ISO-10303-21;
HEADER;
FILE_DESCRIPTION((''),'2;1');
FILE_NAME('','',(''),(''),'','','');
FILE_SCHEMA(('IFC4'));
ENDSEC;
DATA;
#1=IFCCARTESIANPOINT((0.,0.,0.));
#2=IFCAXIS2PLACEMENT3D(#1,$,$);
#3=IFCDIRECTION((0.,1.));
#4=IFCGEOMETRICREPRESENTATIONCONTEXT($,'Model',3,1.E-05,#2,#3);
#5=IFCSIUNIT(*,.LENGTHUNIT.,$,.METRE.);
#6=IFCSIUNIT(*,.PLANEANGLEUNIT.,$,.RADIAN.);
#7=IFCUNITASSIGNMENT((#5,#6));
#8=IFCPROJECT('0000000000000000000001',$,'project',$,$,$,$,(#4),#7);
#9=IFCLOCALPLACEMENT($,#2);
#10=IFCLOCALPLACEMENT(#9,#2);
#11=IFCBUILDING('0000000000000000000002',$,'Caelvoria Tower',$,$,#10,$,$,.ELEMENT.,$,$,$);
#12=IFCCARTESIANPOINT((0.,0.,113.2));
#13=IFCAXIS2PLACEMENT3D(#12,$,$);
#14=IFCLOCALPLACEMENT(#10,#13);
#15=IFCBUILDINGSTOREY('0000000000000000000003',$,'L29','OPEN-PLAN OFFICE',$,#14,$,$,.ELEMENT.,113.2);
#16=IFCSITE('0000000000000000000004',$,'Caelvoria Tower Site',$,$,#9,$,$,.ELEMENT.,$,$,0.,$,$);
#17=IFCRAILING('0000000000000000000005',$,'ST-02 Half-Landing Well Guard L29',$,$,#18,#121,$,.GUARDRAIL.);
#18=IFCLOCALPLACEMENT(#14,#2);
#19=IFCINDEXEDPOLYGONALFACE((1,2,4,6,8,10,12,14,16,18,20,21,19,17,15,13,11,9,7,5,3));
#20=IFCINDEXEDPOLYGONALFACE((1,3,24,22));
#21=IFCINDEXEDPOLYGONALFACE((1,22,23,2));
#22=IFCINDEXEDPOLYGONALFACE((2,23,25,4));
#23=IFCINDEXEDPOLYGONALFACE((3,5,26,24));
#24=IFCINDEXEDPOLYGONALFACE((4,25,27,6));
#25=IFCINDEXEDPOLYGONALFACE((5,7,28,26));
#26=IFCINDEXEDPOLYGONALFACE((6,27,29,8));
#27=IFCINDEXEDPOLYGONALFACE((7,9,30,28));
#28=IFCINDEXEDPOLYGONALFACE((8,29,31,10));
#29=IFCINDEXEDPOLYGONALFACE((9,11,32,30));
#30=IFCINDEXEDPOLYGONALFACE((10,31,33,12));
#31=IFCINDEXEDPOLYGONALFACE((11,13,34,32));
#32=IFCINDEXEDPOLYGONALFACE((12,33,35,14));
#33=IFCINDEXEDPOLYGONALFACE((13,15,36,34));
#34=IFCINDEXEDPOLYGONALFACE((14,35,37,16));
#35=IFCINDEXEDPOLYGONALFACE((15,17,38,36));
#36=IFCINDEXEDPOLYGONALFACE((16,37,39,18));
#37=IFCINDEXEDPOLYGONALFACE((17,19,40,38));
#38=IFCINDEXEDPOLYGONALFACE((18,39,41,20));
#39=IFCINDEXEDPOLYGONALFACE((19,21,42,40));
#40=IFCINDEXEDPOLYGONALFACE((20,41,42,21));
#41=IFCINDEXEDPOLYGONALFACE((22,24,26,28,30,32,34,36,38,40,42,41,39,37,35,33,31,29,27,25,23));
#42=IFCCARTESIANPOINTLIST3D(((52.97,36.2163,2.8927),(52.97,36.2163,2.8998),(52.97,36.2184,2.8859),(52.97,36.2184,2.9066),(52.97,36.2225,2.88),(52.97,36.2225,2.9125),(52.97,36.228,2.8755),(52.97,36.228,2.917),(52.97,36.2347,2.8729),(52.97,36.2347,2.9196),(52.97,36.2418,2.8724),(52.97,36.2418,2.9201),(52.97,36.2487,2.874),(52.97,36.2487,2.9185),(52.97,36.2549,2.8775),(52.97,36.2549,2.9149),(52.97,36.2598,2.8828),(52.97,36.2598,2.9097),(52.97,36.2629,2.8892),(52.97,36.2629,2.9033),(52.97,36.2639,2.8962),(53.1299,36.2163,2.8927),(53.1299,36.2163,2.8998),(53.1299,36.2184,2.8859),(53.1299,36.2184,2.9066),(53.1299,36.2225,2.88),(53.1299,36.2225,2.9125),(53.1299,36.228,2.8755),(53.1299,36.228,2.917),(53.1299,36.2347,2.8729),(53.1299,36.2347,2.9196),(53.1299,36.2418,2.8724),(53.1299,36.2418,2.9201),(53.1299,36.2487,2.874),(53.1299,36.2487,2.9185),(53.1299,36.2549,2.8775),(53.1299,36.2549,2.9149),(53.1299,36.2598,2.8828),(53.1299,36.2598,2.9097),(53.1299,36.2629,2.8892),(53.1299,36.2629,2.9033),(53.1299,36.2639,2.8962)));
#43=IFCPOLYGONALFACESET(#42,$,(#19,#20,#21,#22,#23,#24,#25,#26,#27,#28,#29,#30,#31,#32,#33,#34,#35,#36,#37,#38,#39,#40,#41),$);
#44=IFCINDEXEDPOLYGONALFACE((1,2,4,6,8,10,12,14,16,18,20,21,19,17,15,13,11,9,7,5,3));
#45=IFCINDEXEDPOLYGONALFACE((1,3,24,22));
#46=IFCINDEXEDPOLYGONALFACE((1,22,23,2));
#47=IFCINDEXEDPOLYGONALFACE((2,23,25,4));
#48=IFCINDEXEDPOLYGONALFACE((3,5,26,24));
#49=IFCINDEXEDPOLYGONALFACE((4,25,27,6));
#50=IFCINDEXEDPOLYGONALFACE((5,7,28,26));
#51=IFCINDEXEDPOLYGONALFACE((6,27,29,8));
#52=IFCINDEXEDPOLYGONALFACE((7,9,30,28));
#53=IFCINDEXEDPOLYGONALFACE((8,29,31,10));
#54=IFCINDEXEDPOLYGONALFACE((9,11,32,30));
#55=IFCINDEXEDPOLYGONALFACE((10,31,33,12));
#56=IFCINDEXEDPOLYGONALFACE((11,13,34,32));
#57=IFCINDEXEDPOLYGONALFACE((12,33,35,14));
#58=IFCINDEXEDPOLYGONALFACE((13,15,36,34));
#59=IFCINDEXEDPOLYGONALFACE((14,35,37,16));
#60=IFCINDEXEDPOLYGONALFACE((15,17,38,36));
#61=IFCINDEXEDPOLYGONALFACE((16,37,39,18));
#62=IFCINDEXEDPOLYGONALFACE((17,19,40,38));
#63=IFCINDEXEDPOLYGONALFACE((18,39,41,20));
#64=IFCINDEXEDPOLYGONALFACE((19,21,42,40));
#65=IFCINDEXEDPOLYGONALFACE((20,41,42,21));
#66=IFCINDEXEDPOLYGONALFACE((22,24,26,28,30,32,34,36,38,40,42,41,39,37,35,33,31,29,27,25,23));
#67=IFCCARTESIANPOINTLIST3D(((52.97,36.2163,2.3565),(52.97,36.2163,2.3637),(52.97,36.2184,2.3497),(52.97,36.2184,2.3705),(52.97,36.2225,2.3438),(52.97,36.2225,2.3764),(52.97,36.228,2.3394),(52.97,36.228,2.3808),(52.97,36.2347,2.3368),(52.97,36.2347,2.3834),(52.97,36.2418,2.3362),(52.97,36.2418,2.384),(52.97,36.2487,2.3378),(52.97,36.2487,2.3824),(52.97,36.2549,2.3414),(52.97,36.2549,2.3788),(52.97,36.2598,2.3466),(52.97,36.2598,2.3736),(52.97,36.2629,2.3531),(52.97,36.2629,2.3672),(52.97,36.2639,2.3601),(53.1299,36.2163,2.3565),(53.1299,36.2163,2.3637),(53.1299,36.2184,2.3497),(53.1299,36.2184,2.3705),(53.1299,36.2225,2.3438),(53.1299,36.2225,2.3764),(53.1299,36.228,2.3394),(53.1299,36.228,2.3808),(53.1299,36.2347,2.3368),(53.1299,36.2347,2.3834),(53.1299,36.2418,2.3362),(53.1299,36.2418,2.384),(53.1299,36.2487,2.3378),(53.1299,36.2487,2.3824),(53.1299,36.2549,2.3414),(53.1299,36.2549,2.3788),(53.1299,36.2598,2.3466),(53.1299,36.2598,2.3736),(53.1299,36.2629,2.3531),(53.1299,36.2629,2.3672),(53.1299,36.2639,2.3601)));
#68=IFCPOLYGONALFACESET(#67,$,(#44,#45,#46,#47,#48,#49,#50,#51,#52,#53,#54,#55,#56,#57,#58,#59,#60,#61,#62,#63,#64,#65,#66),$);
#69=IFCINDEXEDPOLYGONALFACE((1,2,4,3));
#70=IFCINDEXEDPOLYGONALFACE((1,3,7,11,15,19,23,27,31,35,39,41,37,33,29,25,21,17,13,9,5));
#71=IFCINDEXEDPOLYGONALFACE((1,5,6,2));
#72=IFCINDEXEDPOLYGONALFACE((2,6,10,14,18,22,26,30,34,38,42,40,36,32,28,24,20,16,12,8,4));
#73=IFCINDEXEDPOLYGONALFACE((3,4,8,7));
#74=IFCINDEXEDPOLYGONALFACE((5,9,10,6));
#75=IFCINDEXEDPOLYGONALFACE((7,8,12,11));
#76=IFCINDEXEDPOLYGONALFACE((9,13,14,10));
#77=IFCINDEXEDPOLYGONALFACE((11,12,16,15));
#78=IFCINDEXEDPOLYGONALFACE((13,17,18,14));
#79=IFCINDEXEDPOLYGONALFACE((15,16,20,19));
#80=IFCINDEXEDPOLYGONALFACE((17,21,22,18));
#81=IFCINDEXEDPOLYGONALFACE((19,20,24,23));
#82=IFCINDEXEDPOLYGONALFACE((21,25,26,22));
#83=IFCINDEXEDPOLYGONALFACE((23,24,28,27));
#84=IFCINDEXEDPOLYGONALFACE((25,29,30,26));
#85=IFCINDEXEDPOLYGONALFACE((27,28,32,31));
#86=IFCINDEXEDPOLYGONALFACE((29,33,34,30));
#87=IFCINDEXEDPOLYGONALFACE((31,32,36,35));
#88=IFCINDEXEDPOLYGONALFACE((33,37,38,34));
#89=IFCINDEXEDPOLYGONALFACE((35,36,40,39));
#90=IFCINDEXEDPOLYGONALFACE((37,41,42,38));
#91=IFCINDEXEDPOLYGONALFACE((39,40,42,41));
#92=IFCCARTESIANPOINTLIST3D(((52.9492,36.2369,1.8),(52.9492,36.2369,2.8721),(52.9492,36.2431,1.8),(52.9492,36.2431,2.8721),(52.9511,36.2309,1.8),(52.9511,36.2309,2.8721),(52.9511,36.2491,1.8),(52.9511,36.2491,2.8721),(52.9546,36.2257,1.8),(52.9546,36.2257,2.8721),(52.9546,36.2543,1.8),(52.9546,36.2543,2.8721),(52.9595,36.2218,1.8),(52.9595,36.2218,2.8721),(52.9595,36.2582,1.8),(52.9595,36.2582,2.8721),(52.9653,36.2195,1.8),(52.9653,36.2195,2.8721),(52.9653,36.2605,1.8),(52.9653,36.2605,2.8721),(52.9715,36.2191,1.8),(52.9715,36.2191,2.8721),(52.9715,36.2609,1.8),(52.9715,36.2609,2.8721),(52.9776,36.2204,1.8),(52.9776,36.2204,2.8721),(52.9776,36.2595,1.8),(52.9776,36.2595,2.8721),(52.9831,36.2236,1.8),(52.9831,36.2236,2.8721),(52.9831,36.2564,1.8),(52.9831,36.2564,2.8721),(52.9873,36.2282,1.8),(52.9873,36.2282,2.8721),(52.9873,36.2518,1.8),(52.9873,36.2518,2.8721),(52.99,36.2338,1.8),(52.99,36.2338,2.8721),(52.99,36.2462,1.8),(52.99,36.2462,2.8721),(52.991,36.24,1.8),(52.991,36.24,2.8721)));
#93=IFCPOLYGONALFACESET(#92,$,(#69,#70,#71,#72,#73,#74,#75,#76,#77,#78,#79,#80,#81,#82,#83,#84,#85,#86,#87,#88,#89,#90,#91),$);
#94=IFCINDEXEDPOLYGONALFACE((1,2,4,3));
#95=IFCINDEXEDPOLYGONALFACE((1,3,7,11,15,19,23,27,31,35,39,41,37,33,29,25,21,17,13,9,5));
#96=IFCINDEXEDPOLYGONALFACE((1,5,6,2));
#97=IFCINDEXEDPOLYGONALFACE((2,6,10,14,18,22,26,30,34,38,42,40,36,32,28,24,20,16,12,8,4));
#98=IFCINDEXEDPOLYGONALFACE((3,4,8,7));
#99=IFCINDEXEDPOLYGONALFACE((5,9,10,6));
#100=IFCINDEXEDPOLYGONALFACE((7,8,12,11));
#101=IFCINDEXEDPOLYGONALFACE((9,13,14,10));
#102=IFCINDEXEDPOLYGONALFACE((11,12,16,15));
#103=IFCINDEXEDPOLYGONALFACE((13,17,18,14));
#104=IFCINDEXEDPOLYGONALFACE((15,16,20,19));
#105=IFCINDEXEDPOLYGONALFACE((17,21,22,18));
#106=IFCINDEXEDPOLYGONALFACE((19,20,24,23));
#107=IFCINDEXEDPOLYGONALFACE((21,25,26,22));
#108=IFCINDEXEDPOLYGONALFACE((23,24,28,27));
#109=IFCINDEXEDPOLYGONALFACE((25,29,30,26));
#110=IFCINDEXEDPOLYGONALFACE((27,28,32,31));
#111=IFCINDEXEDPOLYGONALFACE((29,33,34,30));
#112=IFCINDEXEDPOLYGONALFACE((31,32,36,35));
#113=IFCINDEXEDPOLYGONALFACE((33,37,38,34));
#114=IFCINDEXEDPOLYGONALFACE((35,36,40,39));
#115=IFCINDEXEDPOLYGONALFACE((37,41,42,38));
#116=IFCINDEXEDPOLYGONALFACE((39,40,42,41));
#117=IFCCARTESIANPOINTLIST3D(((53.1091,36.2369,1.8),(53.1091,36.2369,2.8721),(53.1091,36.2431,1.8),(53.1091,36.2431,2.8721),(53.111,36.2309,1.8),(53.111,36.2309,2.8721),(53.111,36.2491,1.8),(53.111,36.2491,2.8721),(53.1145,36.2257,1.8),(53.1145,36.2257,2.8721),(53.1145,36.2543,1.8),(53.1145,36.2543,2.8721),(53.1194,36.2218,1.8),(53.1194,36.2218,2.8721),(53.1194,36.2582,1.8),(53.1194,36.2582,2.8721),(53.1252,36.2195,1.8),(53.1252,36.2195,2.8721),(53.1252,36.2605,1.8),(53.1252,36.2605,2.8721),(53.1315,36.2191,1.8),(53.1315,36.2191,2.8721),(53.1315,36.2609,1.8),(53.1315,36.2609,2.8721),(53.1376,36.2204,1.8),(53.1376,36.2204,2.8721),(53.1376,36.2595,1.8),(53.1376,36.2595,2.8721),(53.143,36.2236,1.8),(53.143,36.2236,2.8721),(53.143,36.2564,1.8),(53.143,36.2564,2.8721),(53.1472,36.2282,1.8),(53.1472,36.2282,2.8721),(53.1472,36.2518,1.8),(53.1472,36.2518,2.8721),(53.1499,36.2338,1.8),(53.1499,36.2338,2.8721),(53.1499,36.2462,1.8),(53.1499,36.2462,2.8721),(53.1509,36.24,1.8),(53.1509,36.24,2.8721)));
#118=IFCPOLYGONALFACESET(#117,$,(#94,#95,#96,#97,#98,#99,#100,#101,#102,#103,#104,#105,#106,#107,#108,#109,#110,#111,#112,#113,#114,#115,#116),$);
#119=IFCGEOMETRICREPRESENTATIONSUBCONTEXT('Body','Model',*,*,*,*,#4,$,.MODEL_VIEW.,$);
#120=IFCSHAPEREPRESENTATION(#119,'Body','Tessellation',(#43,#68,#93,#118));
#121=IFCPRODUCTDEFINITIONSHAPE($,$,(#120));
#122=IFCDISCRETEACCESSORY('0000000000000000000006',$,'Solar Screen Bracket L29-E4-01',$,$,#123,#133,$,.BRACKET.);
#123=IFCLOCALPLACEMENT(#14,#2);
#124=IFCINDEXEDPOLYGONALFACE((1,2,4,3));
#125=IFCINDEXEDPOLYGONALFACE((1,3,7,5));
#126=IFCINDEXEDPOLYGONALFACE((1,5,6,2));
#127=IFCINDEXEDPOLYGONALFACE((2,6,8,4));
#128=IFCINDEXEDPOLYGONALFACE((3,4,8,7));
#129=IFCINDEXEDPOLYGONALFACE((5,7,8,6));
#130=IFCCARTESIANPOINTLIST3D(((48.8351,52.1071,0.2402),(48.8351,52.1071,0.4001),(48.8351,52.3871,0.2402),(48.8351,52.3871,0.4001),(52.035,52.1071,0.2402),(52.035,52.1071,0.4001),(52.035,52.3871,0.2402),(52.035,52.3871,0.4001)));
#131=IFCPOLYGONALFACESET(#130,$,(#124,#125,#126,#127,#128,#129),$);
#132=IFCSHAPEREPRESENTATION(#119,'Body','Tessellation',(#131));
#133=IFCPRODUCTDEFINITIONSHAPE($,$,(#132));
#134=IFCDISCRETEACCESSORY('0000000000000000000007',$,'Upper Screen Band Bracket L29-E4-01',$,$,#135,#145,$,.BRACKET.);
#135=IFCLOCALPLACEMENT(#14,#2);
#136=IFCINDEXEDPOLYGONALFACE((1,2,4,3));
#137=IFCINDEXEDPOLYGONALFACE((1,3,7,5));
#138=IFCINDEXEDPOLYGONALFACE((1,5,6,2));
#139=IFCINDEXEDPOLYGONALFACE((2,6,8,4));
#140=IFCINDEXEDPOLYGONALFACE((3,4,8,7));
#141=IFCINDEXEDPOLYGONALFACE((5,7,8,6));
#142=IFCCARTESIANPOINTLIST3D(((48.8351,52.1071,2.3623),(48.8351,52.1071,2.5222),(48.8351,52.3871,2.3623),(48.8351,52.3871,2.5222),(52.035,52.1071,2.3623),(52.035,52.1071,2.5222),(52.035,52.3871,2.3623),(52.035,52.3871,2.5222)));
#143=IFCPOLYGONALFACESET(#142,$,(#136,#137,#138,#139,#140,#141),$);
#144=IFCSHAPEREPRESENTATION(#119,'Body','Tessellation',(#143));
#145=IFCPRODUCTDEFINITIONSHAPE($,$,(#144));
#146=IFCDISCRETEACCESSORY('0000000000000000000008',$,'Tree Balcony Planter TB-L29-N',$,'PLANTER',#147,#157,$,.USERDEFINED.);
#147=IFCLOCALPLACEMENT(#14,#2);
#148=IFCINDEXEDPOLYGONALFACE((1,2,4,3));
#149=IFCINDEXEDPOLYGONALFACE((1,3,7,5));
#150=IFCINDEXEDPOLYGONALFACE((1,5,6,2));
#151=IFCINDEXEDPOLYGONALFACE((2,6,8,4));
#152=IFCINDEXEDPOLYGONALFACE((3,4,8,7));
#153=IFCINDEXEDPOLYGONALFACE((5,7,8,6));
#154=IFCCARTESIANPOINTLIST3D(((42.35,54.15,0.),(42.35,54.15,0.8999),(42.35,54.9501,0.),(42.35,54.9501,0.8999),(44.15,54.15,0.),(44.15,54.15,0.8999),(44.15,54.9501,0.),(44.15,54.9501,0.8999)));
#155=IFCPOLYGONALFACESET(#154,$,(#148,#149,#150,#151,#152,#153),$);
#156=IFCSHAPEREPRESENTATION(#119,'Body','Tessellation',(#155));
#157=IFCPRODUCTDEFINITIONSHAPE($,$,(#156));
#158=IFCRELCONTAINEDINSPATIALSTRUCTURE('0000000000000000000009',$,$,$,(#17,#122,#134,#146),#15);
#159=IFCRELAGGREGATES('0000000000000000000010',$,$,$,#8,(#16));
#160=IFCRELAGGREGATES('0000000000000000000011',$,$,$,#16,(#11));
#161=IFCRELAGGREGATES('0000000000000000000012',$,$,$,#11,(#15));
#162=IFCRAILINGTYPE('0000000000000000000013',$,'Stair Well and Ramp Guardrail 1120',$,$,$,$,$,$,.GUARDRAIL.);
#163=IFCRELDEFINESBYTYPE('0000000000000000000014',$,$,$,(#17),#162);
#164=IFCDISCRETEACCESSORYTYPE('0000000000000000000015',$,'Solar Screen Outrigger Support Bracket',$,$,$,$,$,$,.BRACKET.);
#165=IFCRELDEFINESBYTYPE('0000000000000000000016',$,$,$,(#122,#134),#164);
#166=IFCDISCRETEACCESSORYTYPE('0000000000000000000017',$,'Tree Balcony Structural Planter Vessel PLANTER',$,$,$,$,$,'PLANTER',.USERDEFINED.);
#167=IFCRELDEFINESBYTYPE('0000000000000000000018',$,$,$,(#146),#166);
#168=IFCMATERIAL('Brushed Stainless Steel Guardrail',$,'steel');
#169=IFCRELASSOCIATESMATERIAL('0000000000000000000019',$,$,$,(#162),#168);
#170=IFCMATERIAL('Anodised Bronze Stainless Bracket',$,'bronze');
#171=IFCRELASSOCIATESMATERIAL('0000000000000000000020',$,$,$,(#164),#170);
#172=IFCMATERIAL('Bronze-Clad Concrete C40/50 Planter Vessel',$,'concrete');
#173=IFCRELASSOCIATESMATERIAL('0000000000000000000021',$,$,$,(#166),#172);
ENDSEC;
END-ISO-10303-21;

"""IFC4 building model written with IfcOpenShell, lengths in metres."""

from ifc_helpers import new_model, si_unit, direction, frame, origin, origin_2d, place, context, subcontext, project, spatial, rectangle, circle, extrude, material, type_object, element, save


model = new_model("IFC4")

# Units and contexts
model_context = context("Model", 3, precision=1e-05, world=origin(), true_north=direction((0.0, 1.0)))
body_context = subcontext(model_context, "Body", "Model", "MODEL_VIEW")
ifc_project = project(units=[si_unit("LENGTHUNIT", "METRE"), si_unit("PLANEANGLEUNIT", "RADIAN")], contexts=[model_context])

# Site, building, storey
site_placement = place(None, origin())
site = spatial("IfcSite", under=ifc_project, at=site_placement, Name="Caelvoria Tower Site", CompositionType="ELEMENT", RefElevation=0.0)
building_placement = place(site_placement, origin())
building = spatial("IfcBuilding", under=site, at=building_placement, Name="Caelvoria Tower", CompositionType="ELEMENT")
storey_placement = place(building_placement, frame((0.0, 0.0, 113.2)))
storey = spatial("IfcBuildingStorey", under=building, at=storey_placement, Name="L29", Description="OPEN-PLAN OFFICE", CompositionType="ELEMENT", Elevation=113.2)

# Railing
ifc_material_1 = material(Name="Brushed Stainless Steel Guardrail", Category="steel")
railing_type_1 = type_object("IfcRailingType", Name="Stair Well and Ramp Guardrail 1120", PredefinedType="GUARDRAIL", material=ifc_material_1)
railing_1_placement = place(storey_placement, frame((52.97, 36.24, 1.8)))
element("IfcRailing", 1, at=railing_1_placement, inside=storey, type_object=railing_type_1, Name="ST-02 Half-Landing Well Guard L29", PredefinedType="GUARDRAIL", context=body_context, shape_type="SweptSolid", body=[
    extrude(circle(Radius=0.0239, at=origin_2d()), frame((0.0, 0.0, 1.0962), z_axis=(1.0, 0.0, 0.0), x_axis=(0.0, 1.0, 0.0)), (0.0, 0.0, 1.0), 0.1599),
    extrude(circle(Radius=0.0239, at=origin_2d()), frame((0.0, 0.0, 0.5601), z_axis=(1.0, 0.0, 0.0), x_axis=(0.0, 1.0, 0.0)), (0.0, 0.0, 1.0), 0.1599),
    extrude(circle(Radius=0.021, at=origin_2d()), origin(), (0.0, 0.0, 1.0), 1.072),
    extrude(circle(Radius=0.021, at=origin_2d()), frame((0.1599, 0.0, 0.0)), (0.0, 0.0, 1.0), 1.072),
])

# Discrete accessories
ifc_material_2 = material(Name="Anodised Bronze Stainless Bracket", Category="bronze")
discrete_accessory_type_1 = type_object("IfcDiscreteAccessoryType", Name="Solar Screen Outrigger Support Bracket", PredefinedType="BRACKET", material=ifc_material_2)
for number, where, z_axis, x_axis, name in (
    (2, (50.4351, 52.2471, 0.2402), (0.0, 0.0, 1.0), (-1.0, 0.0, 0.0), "Solar Screen Bracket L29-E4-01"),
    (3, (50.4351, 52.2471, 2.3623), (0.0, 0.0, 1.0), (-1.0, 0.0, 0.0), "Upper Screen Band Bracket L29-E4-01"),
):
    element("IfcDiscreteAccessory", number, at=place(storey_placement, frame(where, z_axis=z_axis, x_axis=x_axis)), inside=storey, type_object=discrete_accessory_type_1, Name=name, PredefinedType="BRACKET", context=body_context, shape_type="SweptSolid", body=[
        extrude(rectangle(XDim=3.2, YDim=0.28, at=origin_2d()), origin(), (0.0, 0.0, 1.0), 0.1599),
    ])
ifc_material_3 = material(Name="Bronze-Clad Concrete C40/50 Planter Vessel", Category="concrete")
discrete_accessory_type_2 = type_object("IfcDiscreteAccessoryType", Name="Tree Balcony Structural Planter Vessel PLANTER", ElementType="PLANTER", PredefinedType="USERDEFINED", material=ifc_material_3)
discrete_accessory_placement = place(storey_placement, frame((43.25, 54.55, 0.0), z_axis=(0.0, 0.0, 1.0), x_axis=(1.0, 0.0, 0.0)))
element("IfcDiscreteAccessory", 4, at=discrete_accessory_placement, inside=storey, type_object=discrete_accessory_type_2, Name="Tree Balcony Planter TB-L29-N", ObjectType="PLANTER", PredefinedType="USERDEFINED", context=body_context, shape_type="SweptSolid", body=[
    extrude(rectangle(XDim=1.8, YDim=0.8, at=origin_2d()), origin(), (0.0, 0.0, 1.0), 0.8999),
])

save(model, "model.ifc")
